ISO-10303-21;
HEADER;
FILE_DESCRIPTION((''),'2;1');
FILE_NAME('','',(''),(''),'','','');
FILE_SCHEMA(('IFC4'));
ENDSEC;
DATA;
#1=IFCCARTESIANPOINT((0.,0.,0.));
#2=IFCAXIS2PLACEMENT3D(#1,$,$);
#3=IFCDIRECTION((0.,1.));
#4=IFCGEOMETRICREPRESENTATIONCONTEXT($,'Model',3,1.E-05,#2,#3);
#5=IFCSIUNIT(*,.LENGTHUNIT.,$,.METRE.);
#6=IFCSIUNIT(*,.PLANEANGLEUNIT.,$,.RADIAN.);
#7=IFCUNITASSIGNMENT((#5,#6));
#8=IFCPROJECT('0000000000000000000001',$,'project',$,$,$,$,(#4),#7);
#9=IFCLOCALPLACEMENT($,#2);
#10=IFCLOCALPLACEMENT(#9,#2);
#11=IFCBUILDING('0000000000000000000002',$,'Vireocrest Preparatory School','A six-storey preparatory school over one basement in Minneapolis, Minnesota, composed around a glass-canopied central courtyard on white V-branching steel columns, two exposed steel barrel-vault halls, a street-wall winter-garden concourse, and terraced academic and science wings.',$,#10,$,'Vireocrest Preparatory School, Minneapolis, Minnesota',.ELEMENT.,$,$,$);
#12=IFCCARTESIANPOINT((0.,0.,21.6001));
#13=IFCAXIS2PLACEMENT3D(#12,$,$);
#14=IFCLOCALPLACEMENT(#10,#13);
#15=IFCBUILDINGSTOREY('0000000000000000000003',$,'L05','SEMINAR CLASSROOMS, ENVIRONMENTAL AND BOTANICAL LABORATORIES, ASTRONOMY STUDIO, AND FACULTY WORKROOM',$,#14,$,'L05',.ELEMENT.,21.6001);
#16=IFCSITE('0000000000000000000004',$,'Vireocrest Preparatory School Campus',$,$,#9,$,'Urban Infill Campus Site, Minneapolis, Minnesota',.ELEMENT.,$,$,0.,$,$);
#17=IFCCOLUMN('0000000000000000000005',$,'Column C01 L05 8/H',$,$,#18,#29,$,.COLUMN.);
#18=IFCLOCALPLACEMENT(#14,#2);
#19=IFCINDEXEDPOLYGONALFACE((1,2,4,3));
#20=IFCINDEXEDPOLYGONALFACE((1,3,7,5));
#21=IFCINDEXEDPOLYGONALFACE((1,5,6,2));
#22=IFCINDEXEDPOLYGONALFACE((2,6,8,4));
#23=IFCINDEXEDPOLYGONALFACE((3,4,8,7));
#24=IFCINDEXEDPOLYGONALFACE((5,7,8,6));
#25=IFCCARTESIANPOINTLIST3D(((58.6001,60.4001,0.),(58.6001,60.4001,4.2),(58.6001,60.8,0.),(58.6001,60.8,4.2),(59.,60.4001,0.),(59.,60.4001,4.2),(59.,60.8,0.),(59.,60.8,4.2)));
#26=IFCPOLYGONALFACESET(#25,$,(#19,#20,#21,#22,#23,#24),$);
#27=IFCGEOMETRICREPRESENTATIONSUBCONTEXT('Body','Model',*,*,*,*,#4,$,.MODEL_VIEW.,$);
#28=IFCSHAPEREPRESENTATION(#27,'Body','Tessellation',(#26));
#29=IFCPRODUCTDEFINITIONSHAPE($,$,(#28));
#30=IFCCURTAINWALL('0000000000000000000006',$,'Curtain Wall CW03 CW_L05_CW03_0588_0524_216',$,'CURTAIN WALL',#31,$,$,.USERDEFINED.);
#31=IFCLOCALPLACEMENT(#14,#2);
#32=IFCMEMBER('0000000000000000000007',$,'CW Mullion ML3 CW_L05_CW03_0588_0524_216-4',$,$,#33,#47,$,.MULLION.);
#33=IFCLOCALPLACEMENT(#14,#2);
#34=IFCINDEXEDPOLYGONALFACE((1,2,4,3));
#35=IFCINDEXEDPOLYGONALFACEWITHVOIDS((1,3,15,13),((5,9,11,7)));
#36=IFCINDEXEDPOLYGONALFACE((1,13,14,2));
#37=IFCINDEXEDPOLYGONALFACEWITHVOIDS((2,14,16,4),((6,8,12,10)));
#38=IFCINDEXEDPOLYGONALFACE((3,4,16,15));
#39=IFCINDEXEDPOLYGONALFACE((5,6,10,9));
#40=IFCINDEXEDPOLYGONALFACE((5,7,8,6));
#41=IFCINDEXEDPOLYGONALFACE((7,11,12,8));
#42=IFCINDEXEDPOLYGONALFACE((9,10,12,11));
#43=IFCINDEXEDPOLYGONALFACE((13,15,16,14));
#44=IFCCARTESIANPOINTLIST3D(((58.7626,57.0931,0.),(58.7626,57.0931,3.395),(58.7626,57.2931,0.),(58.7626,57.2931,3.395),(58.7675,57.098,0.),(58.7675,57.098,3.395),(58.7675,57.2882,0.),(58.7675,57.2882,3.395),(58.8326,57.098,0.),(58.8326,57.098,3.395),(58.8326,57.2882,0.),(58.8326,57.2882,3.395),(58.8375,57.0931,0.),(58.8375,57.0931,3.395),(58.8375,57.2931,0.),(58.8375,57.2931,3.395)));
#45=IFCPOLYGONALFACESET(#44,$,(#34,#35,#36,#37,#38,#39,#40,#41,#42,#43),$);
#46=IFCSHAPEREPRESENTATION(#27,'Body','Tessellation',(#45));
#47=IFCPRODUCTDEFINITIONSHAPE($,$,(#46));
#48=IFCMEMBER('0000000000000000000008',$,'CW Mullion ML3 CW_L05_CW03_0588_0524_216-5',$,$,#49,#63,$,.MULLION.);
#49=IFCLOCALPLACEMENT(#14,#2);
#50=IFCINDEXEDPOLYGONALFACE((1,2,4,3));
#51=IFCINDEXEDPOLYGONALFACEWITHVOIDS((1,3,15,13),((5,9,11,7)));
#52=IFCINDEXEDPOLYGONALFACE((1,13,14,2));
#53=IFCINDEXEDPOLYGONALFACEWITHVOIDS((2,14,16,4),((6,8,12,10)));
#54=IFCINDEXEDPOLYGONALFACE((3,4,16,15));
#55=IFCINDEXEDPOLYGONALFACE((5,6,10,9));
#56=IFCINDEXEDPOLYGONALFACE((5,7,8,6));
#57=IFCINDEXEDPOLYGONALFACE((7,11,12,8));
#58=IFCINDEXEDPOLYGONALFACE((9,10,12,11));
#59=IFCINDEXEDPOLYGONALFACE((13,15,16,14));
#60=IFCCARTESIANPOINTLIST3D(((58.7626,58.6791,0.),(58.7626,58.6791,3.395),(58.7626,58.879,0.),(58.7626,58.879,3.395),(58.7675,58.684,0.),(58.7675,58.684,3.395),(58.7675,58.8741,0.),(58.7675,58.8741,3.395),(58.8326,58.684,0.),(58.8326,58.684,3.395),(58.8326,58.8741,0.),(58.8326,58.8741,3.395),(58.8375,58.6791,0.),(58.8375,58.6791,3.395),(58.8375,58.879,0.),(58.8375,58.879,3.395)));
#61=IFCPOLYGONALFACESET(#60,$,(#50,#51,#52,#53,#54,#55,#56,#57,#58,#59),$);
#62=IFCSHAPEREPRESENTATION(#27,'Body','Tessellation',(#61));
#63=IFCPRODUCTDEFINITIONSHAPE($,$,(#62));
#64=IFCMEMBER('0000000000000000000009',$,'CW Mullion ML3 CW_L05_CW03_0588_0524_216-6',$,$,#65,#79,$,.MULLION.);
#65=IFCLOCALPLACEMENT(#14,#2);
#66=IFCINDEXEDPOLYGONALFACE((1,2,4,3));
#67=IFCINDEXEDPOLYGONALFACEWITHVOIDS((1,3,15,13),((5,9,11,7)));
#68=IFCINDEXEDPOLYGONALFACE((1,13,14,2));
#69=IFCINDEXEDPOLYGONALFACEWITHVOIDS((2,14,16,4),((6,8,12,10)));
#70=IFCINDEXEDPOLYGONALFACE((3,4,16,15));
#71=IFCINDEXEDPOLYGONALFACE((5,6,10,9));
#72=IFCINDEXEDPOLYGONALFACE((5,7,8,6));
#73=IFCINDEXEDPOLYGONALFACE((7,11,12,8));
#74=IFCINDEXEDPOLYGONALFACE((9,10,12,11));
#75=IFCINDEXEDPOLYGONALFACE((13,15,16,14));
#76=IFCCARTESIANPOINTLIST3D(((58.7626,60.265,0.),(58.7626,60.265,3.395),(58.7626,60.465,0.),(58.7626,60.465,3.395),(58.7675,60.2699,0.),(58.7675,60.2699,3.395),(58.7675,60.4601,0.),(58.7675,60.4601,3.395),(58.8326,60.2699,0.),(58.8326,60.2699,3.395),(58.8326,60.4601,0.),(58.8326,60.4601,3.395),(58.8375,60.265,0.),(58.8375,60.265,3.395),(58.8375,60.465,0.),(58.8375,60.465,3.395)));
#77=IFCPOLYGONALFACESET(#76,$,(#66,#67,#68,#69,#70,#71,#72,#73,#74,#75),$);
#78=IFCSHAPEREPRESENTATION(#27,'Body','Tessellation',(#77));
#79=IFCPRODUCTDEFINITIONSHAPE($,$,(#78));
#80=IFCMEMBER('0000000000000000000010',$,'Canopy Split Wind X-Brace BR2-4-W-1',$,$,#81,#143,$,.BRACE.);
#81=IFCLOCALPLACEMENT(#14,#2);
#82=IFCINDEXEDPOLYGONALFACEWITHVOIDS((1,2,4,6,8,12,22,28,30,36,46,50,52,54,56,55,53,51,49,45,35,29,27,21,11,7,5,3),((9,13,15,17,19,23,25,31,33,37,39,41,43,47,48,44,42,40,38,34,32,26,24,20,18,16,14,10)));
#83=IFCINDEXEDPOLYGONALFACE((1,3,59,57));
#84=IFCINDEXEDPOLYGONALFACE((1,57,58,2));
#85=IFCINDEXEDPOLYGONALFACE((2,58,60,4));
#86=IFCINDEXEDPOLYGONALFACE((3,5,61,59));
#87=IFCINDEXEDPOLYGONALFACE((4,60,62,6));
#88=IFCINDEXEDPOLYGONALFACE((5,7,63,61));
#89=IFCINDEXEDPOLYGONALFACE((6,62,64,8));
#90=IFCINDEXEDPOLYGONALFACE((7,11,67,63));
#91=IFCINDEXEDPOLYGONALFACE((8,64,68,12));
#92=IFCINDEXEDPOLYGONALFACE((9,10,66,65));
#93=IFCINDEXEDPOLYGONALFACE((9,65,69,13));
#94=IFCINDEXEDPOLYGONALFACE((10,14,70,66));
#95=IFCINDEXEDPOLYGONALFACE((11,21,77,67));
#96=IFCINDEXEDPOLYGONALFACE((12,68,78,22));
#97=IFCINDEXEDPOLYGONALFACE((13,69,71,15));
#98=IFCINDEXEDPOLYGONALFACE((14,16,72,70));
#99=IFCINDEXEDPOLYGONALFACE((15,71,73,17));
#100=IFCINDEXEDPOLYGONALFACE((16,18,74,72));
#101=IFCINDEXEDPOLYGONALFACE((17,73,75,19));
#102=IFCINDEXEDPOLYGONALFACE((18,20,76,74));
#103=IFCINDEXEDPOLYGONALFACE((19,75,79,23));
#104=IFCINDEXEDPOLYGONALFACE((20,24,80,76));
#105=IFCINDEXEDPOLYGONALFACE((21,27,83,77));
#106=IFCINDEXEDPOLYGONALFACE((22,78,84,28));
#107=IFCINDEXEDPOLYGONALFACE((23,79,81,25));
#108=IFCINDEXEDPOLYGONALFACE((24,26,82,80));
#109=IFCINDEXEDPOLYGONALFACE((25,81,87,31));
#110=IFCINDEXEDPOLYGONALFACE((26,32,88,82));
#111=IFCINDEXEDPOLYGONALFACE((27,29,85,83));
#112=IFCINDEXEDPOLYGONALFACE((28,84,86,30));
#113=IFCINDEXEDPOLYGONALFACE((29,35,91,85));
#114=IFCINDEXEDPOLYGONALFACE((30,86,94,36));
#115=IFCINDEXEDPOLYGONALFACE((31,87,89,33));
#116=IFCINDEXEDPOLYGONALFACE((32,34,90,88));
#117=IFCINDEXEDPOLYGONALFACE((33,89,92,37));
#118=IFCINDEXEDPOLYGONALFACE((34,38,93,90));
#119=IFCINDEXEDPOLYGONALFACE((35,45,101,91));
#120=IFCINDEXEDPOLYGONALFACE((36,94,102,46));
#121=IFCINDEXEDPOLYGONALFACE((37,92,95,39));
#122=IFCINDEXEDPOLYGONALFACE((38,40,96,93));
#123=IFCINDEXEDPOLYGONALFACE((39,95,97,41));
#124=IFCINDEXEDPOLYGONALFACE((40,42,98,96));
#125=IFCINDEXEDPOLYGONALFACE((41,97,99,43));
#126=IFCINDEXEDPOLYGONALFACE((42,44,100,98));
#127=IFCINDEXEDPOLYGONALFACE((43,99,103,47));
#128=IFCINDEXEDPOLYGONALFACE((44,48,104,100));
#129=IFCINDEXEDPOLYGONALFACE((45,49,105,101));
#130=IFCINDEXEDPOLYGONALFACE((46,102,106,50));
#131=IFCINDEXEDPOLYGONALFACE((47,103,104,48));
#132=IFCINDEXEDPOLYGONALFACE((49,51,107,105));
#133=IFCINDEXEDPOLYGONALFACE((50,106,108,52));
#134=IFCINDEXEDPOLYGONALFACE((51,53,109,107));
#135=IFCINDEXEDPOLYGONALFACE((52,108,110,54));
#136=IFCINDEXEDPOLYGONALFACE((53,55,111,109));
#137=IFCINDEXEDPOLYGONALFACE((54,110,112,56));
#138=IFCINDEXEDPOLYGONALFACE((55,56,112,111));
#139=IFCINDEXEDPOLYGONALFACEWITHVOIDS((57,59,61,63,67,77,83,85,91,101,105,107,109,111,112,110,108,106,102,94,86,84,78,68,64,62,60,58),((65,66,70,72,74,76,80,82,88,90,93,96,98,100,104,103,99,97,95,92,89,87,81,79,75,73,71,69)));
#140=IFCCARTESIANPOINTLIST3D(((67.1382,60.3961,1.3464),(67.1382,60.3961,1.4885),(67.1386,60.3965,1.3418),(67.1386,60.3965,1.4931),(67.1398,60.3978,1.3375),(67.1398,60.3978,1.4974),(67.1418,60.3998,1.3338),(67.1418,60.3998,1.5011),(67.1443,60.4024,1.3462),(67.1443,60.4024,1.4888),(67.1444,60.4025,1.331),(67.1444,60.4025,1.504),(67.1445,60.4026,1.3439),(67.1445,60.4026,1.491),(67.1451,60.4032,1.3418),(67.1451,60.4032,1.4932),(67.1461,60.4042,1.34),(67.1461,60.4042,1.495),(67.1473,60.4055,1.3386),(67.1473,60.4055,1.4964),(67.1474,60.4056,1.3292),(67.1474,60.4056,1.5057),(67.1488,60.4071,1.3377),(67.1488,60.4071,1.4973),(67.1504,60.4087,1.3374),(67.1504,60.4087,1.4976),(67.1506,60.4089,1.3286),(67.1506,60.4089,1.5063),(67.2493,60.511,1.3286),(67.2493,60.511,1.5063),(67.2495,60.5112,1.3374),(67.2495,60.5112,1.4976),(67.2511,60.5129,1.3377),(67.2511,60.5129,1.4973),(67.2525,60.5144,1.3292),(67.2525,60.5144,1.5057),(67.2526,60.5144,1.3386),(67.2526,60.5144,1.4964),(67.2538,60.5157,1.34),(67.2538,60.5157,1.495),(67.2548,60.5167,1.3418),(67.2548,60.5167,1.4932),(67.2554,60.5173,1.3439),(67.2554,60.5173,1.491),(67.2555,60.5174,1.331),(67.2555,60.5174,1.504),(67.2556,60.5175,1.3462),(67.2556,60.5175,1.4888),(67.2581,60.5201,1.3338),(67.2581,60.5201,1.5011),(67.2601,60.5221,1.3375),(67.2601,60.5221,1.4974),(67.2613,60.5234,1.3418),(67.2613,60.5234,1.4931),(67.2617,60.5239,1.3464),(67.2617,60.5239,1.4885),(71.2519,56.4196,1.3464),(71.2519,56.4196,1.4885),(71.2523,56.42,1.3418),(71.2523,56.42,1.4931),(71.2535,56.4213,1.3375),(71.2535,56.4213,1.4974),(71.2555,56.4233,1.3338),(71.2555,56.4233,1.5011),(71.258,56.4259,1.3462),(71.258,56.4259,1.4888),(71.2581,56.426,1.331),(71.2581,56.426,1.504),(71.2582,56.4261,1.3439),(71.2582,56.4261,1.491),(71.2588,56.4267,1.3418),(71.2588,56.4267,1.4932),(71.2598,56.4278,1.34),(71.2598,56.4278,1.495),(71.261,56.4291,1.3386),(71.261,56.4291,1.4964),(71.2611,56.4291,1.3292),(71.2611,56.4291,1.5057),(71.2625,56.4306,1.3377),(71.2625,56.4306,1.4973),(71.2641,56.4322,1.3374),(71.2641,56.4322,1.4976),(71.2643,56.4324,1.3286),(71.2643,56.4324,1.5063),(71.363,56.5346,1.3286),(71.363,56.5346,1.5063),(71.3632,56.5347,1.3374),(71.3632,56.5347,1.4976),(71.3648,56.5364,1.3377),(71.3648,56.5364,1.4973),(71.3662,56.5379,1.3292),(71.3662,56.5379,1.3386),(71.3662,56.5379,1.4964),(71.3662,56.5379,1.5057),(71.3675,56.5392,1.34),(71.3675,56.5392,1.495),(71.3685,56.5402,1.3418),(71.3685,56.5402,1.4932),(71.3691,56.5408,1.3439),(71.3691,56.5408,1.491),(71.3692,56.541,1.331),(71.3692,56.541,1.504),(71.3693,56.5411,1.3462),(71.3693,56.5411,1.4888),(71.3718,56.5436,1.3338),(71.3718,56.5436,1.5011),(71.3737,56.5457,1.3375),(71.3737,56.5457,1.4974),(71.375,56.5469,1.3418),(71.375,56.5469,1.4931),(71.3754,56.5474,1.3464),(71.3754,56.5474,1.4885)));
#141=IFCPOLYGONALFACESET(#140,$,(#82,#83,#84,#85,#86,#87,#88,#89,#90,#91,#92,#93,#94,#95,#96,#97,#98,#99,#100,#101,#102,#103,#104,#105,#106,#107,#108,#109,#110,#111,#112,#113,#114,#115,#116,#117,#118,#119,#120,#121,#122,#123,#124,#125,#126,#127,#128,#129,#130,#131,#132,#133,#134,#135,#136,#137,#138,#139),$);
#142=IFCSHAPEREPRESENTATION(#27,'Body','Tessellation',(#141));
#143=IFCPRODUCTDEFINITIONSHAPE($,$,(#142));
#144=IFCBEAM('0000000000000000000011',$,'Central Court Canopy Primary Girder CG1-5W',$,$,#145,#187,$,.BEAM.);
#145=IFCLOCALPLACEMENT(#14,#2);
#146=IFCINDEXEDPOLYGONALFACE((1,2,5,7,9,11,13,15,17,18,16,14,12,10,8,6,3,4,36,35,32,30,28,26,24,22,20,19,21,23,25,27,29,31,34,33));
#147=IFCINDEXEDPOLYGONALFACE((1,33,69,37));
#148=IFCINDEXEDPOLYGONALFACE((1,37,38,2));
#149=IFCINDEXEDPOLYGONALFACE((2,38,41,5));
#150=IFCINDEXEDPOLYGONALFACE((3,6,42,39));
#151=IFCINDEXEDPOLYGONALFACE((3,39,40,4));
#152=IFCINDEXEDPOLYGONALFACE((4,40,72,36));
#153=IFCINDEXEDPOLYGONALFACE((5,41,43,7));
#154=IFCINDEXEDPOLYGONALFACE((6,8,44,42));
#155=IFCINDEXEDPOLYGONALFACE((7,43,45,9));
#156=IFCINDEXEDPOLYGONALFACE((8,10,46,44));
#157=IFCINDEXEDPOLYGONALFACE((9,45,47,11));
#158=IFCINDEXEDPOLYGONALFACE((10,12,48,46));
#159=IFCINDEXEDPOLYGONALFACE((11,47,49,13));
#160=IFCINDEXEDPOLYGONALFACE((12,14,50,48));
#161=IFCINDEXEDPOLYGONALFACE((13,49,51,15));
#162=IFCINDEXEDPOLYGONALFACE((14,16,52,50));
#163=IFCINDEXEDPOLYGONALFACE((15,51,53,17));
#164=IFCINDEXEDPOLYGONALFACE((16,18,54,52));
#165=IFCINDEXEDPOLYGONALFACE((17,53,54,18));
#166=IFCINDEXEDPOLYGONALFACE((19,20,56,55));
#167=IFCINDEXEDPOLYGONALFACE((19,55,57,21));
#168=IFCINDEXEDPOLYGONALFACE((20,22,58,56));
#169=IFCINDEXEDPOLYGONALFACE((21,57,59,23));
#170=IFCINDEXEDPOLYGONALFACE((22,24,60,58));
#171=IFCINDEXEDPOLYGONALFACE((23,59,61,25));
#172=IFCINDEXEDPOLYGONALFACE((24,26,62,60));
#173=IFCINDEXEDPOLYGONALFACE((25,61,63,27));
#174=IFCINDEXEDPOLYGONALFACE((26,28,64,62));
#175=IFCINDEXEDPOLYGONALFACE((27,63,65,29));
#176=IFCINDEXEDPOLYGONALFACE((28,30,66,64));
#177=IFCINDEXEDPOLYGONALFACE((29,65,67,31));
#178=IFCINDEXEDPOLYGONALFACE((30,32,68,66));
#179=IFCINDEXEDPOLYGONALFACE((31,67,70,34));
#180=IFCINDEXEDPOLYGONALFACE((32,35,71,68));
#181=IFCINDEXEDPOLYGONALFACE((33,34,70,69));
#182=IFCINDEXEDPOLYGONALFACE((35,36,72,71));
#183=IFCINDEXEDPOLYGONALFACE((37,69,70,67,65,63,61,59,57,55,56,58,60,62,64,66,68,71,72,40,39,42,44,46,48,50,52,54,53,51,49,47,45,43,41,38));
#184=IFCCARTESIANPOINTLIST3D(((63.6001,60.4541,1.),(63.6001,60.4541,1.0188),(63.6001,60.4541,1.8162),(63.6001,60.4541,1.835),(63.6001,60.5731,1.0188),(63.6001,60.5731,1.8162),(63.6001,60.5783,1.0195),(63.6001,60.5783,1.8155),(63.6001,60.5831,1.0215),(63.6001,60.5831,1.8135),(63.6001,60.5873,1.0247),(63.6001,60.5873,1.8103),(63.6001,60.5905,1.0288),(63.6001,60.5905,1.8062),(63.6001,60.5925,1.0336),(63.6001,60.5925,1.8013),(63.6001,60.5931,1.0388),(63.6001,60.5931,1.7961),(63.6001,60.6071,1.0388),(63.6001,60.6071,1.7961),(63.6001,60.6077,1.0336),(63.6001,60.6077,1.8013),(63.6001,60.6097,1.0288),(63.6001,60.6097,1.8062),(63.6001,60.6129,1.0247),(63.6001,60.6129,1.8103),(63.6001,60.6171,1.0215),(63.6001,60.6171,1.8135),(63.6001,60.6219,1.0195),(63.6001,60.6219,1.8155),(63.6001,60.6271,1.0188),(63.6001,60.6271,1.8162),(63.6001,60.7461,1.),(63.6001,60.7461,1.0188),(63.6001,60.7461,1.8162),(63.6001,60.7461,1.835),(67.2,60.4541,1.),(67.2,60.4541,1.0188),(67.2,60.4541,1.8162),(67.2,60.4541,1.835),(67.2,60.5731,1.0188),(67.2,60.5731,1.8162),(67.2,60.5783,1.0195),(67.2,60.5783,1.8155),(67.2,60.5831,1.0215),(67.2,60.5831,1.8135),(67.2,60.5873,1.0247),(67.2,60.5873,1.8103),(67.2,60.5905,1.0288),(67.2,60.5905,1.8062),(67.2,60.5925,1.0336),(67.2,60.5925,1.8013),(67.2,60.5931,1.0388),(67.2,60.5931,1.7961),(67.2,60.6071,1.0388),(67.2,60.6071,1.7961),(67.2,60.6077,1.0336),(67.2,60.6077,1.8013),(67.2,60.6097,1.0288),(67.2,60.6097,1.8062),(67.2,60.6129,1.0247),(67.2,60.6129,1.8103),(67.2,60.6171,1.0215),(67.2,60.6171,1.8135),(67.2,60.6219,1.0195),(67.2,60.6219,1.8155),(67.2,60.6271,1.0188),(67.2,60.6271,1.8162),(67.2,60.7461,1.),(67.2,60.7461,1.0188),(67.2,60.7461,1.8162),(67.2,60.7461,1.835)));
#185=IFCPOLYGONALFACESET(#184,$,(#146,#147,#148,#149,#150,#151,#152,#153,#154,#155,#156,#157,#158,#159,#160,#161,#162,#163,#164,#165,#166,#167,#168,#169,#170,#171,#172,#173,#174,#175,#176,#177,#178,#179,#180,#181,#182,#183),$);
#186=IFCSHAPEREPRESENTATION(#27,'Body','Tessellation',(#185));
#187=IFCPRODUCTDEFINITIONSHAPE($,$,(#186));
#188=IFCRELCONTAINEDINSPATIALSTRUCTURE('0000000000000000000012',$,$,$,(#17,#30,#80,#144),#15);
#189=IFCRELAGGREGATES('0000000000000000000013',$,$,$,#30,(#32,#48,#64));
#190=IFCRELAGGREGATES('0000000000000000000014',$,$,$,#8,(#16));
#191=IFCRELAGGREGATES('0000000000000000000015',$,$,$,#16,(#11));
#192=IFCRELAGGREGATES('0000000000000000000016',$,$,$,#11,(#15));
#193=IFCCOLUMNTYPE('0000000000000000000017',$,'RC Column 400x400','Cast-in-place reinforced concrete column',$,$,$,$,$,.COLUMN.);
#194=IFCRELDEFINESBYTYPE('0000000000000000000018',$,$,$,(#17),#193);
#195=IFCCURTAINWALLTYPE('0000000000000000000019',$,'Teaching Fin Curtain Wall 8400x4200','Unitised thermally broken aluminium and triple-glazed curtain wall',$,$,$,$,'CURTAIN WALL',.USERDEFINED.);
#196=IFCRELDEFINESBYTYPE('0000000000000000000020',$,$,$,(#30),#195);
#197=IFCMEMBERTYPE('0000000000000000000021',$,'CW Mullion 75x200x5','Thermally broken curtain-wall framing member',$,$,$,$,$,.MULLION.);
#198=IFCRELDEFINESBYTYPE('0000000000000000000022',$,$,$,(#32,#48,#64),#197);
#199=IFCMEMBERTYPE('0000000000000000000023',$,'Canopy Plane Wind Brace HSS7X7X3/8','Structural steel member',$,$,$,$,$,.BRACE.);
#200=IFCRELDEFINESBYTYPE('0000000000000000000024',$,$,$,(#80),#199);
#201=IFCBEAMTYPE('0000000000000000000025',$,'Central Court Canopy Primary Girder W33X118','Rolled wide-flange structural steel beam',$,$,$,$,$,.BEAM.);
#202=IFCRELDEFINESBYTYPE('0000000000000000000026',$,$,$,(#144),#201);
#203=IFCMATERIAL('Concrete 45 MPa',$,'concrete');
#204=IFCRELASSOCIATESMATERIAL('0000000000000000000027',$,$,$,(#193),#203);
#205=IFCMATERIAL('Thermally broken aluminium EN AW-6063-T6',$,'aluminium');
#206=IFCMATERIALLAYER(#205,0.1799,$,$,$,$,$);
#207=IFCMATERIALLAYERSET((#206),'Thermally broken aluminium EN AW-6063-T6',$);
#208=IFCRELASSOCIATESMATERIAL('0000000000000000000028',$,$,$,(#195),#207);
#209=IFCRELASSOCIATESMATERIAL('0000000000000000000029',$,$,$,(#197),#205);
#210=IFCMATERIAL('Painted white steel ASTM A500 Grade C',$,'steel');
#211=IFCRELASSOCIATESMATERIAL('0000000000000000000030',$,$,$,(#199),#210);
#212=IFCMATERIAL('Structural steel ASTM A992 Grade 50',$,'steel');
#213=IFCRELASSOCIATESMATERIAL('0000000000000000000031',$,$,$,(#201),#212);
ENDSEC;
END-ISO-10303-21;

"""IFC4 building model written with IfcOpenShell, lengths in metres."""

from ifc_helpers import new_model, si_unit, direction, frame, origin, origin_2d, place, context, subcontext, project, spatial, rectangle, hollow_rectangle, i_section, extrude, material, layer, layer_set, material_profile, profile_set, type_object, element, aggregate, save


model = new_model("IFC4")

# Units and contexts
model_context = context("Model", 3, precision=1e-05, world=origin(), true_north=direction((0.0, 1.0)))
body_context = subcontext(model_context, "Body", "Model", "MODEL_VIEW")
ifc_project = project(units=[si_unit("LENGTHUNIT", "METRE"), si_unit("PLANEANGLEUNIT", "RADIAN")], contexts=[model_context])

# Site, building, storey
site_placement = place(None, origin())
site = spatial("IfcSite", under=ifc_project, at=site_placement, Name="Vireocrest Preparatory School Campus", LongName="Urban Infill Campus Site, Minneapolis, Minnesota", CompositionType="ELEMENT", RefElevation=0.0)
building_placement = place(site_placement, origin())
building = spatial("IfcBuilding", under=site, at=building_placement, Name="Vireocrest Preparatory School", Description="A six-storey preparatory school over one basement in Minneapolis, Minnesota, composed around a glass-canopied central courtyard on white V-branching steel columns, two exposed steel barrel-vault halls, a street-wall winter-garden concourse, and terraced academic and science wings.", LongName="Vireocrest Preparatory School, Minneapolis, Minnesota", CompositionType="ELEMENT")
storey_placement = place(building_placement, frame((0.0, 0.0, 21.6001)))
storey = spatial("IfcBuildingStorey", under=building, at=storey_placement, Name="L05", Description="SEMINAR CLASSROOMS, ENVIRONMENTAL AND BOTANICAL LABORATORIES, ASTRONOMY STUDIO, AND FACULTY WORKROOM", LongName="L05", CompositionType="ELEMENT", Elevation=21.6001)

# Column
ifc_material_1 = material(Name="Concrete 45 MPa", Category="concrete")
ifc_material_profile_1 = material_profile(ifc_material_1, rectangle(XDim=0.3999, YDim=0.3999, at=origin_2d()), Name="RC 400x400")
ifc_profile_set_1 = profile_set([ifc_material_profile_1], Name="Concrete 45 MPa")
column_type = type_object("IfcColumnType", Name="RC Column 400x400", Description="Cast-in-place reinforced concrete column", PredefinedType="COLUMN", material=ifc_profile_set_1)
column_placement = place(storey_placement, frame((58.8, 60.6001, 0.0), z_axis=(0.0, 0.0, 1.0), x_axis=(1.0, 0.0, 0.0)))
element("IfcColumn", 1, at=column_placement, inside=storey, type_object=column_type, Name="Column C01 L05 8/H", PredefinedType="COLUMN", context=body_context, shape_type="SweptSolid", body=[
    extrude(rectangle(XDim=0.3999, YDim=0.3999, at=origin_2d()), origin(), (0.0, 0.0, 1.0), 4.2),
])

# Curtain wall, members
ifc_material_2 = material(Name="Thermally broken aluminium EN AW-6063-T6", Category="aluminium")
ifc_layer_1 = layer(ifc_material_2, 0.1799)
ifc_layer_set_1 = layer_set([ifc_layer_1], Name="Thermally broken aluminium EN AW-6063-T6")
curtain_wall_type = type_object("IfcCurtainWallType", Name="Teaching Fin Curtain Wall 8400x4200", Description="Unitised thermally broken aluminium and triple-glazed curtain wall", ElementType="CURTAIN WALL", PredefinedType="USERDEFINED", material=ifc_layer_set_1)
curtain_wall_placement = place(storey_placement, origin())
curtain_wall = element("IfcCurtainWall", 2, at=curtain_wall_placement, inside=storey, type_object=curtain_wall_type, Name="Curtain Wall CW03 CW_L05_CW03_0588_0524_216", ObjectType="CURTAIN WALL", PredefinedType="USERDEFINED")
ifc_material_profile_2 = material_profile(ifc_material_2, hollow_rectangle(XDim=0.075, YDim=0.2, WallThickness=0.0049, at=origin_2d()), Name="ALU 75x200x5")
ifc_profile_set_2 = profile_set([ifc_material_profile_2], Name="Thermally broken aluminium EN AW-6063-T6")
member_type_1 = type_object("IfcMemberType", Name="CW Mullion 75x200x5", Description="Thermally broken curtain-wall framing member", PredefinedType="MULLION", material=ifc_profile_set_2)
member_1_placement = place(storey_placement, frame((58.8, 57.1931, 0.0), z_axis=(0.0, 0.0, 1.0), x_axis=(1.0, 0.0, 0.0)))
member_1 = element("IfcMember", 3, at=member_1_placement, type_object=member_type_1, Name="CW Mullion ML3 CW_L05_CW03_0588_0524_216-4", PredefinedType="MULLION", context=body_context, shape_type="SweptSolid", body=[
    extrude(hollow_rectangle(XDim=0.075, YDim=0.2, WallThickness=0.0049, at=origin_2d()), origin(), (0.0, 0.0, 1.0), 3.395),
])
member_2_placement = place(storey_placement, frame((58.8, 58.7791, 0.0), z_axis=(0.0, 0.0, 1.0), x_axis=(1.0, 0.0, 0.0)))
member_2 = element("IfcMember", 4, at=member_2_placement, type_object=member_type_1, Name="CW Mullion ML3 CW_L05_CW03_0588_0524_216-5", PredefinedType="MULLION", context=body_context, shape_type="SweptSolid", body=[
    extrude(hollow_rectangle(XDim=0.075, YDim=0.2, WallThickness=0.0049, at=origin_2d()), origin(), (0.0, 0.0, 1.0), 3.395),
])
member_3_placement = place(storey_placement, frame((58.8, 60.365, 0.0), z_axis=(0.0, 0.0, 1.0), x_axis=(1.0, 0.0, 0.0)))
member_3 = element("IfcMember", 5, at=member_3_placement, type_object=member_type_1, Name="CW Mullion ML3 CW_L05_CW03_0588_0524_216-6", PredefinedType="MULLION", context=body_context, shape_type="SweptSolid", body=[
    extrude(hollow_rectangle(XDim=0.075, YDim=0.2, WallThickness=0.0049, at=origin_2d()), origin(), (0.0, 0.0, 1.0), 3.395),
])

# Member
ifc_material_3 = material(Name="Painted white steel ASTM A500 Grade C", Category="steel")
ifc_material_profile_3 = material_profile(ifc_material_3, hollow_rectangle(XDim=0.1777, YDim=0.1777, WallThickness=0.0088, InnerFilletRadius=0.0088, OuterFilletRadius=0.0178, at=origin_2d()), Name="HSS7X7X3/8")
ifc_profile_set_3 = profile_set([ifc_material_profile_3], Name="Painted white steel ASTM A500 Grade C")
member_type_2 = type_object("IfcMemberType", Name="Canopy Plane Wind Brace HSS7X7X3/8", Description="Structural steel member", PredefinedType="BRACE", material=ifc_profile_set_3)
member_4_placement = place(storey_placement, frame((67.2, 60.46, 1.4175), z_axis=(0.718995, -0.695015, 0.0), x_axis=(0.695015, 0.718995, 0.0)))
element("IfcMember", 6, at=member_4_placement, inside=storey, type_object=member_type_2, Name="Canopy Split Wind X-Brace BR2-4-W-1", PredefinedType="BRACE", context=body_context, shape_type="SweptSolid", body=[
    extrude(hollow_rectangle(XDim=0.1777, YDim=0.1777, WallThickness=0.0088, InnerFilletRadius=0.0088, OuterFilletRadius=0.0178, at=origin_2d()), origin(), (0.0, 0.0, 1.0), 5.7214),
])

# Beam
ifc_material_4 = material(Name="Structural steel ASTM A992 Grade 50", Category="steel")
ifc_material_profile_4 = material_profile(ifc_material_4, i_section(OverallWidth=0.292, OverallDepth=0.835, WebThickness=0.0139, FlangeThickness=0.0188, FilletRadius=0.02, at=origin_2d()), Name="W33X118")
ifc_profile_set_4 = profile_set([ifc_material_profile_4], Name="Structural steel ASTM A992 Grade 50")
beam_type_1 = type_object("IfcBeamType", Name="Central Court Canopy Primary Girder W33X118", Description="Rolled wide-flange structural steel beam", PredefinedType="BEAM", material=ifc_profile_set_4)
beam_1_placement = place(storey_placement, frame((63.6001, 60.6001, 1.4175), z_axis=(1.0, 0.0, 0.0), x_axis=(0.0, 1.0, 0.0)))
element("IfcBeam", 7, at=beam_1_placement, inside=storey, type_object=beam_type_1, Name="Central Court Canopy Primary Girder CG1-5W", PredefinedType="BEAM", context=body_context, shape_type="SweptSolid", body=[
    extrude(i_section(OverallWidth=0.292, OverallDepth=0.835, WebThickness=0.0139, FlangeThickness=0.0188, FilletRadius=0.02, at=origin_2d()), origin(), (0.0, 0.0, 1.0), 3.5999),
])

aggregate(curtain_wall, [member_1, member_2, member_3])

save(model, "model.ifc")
